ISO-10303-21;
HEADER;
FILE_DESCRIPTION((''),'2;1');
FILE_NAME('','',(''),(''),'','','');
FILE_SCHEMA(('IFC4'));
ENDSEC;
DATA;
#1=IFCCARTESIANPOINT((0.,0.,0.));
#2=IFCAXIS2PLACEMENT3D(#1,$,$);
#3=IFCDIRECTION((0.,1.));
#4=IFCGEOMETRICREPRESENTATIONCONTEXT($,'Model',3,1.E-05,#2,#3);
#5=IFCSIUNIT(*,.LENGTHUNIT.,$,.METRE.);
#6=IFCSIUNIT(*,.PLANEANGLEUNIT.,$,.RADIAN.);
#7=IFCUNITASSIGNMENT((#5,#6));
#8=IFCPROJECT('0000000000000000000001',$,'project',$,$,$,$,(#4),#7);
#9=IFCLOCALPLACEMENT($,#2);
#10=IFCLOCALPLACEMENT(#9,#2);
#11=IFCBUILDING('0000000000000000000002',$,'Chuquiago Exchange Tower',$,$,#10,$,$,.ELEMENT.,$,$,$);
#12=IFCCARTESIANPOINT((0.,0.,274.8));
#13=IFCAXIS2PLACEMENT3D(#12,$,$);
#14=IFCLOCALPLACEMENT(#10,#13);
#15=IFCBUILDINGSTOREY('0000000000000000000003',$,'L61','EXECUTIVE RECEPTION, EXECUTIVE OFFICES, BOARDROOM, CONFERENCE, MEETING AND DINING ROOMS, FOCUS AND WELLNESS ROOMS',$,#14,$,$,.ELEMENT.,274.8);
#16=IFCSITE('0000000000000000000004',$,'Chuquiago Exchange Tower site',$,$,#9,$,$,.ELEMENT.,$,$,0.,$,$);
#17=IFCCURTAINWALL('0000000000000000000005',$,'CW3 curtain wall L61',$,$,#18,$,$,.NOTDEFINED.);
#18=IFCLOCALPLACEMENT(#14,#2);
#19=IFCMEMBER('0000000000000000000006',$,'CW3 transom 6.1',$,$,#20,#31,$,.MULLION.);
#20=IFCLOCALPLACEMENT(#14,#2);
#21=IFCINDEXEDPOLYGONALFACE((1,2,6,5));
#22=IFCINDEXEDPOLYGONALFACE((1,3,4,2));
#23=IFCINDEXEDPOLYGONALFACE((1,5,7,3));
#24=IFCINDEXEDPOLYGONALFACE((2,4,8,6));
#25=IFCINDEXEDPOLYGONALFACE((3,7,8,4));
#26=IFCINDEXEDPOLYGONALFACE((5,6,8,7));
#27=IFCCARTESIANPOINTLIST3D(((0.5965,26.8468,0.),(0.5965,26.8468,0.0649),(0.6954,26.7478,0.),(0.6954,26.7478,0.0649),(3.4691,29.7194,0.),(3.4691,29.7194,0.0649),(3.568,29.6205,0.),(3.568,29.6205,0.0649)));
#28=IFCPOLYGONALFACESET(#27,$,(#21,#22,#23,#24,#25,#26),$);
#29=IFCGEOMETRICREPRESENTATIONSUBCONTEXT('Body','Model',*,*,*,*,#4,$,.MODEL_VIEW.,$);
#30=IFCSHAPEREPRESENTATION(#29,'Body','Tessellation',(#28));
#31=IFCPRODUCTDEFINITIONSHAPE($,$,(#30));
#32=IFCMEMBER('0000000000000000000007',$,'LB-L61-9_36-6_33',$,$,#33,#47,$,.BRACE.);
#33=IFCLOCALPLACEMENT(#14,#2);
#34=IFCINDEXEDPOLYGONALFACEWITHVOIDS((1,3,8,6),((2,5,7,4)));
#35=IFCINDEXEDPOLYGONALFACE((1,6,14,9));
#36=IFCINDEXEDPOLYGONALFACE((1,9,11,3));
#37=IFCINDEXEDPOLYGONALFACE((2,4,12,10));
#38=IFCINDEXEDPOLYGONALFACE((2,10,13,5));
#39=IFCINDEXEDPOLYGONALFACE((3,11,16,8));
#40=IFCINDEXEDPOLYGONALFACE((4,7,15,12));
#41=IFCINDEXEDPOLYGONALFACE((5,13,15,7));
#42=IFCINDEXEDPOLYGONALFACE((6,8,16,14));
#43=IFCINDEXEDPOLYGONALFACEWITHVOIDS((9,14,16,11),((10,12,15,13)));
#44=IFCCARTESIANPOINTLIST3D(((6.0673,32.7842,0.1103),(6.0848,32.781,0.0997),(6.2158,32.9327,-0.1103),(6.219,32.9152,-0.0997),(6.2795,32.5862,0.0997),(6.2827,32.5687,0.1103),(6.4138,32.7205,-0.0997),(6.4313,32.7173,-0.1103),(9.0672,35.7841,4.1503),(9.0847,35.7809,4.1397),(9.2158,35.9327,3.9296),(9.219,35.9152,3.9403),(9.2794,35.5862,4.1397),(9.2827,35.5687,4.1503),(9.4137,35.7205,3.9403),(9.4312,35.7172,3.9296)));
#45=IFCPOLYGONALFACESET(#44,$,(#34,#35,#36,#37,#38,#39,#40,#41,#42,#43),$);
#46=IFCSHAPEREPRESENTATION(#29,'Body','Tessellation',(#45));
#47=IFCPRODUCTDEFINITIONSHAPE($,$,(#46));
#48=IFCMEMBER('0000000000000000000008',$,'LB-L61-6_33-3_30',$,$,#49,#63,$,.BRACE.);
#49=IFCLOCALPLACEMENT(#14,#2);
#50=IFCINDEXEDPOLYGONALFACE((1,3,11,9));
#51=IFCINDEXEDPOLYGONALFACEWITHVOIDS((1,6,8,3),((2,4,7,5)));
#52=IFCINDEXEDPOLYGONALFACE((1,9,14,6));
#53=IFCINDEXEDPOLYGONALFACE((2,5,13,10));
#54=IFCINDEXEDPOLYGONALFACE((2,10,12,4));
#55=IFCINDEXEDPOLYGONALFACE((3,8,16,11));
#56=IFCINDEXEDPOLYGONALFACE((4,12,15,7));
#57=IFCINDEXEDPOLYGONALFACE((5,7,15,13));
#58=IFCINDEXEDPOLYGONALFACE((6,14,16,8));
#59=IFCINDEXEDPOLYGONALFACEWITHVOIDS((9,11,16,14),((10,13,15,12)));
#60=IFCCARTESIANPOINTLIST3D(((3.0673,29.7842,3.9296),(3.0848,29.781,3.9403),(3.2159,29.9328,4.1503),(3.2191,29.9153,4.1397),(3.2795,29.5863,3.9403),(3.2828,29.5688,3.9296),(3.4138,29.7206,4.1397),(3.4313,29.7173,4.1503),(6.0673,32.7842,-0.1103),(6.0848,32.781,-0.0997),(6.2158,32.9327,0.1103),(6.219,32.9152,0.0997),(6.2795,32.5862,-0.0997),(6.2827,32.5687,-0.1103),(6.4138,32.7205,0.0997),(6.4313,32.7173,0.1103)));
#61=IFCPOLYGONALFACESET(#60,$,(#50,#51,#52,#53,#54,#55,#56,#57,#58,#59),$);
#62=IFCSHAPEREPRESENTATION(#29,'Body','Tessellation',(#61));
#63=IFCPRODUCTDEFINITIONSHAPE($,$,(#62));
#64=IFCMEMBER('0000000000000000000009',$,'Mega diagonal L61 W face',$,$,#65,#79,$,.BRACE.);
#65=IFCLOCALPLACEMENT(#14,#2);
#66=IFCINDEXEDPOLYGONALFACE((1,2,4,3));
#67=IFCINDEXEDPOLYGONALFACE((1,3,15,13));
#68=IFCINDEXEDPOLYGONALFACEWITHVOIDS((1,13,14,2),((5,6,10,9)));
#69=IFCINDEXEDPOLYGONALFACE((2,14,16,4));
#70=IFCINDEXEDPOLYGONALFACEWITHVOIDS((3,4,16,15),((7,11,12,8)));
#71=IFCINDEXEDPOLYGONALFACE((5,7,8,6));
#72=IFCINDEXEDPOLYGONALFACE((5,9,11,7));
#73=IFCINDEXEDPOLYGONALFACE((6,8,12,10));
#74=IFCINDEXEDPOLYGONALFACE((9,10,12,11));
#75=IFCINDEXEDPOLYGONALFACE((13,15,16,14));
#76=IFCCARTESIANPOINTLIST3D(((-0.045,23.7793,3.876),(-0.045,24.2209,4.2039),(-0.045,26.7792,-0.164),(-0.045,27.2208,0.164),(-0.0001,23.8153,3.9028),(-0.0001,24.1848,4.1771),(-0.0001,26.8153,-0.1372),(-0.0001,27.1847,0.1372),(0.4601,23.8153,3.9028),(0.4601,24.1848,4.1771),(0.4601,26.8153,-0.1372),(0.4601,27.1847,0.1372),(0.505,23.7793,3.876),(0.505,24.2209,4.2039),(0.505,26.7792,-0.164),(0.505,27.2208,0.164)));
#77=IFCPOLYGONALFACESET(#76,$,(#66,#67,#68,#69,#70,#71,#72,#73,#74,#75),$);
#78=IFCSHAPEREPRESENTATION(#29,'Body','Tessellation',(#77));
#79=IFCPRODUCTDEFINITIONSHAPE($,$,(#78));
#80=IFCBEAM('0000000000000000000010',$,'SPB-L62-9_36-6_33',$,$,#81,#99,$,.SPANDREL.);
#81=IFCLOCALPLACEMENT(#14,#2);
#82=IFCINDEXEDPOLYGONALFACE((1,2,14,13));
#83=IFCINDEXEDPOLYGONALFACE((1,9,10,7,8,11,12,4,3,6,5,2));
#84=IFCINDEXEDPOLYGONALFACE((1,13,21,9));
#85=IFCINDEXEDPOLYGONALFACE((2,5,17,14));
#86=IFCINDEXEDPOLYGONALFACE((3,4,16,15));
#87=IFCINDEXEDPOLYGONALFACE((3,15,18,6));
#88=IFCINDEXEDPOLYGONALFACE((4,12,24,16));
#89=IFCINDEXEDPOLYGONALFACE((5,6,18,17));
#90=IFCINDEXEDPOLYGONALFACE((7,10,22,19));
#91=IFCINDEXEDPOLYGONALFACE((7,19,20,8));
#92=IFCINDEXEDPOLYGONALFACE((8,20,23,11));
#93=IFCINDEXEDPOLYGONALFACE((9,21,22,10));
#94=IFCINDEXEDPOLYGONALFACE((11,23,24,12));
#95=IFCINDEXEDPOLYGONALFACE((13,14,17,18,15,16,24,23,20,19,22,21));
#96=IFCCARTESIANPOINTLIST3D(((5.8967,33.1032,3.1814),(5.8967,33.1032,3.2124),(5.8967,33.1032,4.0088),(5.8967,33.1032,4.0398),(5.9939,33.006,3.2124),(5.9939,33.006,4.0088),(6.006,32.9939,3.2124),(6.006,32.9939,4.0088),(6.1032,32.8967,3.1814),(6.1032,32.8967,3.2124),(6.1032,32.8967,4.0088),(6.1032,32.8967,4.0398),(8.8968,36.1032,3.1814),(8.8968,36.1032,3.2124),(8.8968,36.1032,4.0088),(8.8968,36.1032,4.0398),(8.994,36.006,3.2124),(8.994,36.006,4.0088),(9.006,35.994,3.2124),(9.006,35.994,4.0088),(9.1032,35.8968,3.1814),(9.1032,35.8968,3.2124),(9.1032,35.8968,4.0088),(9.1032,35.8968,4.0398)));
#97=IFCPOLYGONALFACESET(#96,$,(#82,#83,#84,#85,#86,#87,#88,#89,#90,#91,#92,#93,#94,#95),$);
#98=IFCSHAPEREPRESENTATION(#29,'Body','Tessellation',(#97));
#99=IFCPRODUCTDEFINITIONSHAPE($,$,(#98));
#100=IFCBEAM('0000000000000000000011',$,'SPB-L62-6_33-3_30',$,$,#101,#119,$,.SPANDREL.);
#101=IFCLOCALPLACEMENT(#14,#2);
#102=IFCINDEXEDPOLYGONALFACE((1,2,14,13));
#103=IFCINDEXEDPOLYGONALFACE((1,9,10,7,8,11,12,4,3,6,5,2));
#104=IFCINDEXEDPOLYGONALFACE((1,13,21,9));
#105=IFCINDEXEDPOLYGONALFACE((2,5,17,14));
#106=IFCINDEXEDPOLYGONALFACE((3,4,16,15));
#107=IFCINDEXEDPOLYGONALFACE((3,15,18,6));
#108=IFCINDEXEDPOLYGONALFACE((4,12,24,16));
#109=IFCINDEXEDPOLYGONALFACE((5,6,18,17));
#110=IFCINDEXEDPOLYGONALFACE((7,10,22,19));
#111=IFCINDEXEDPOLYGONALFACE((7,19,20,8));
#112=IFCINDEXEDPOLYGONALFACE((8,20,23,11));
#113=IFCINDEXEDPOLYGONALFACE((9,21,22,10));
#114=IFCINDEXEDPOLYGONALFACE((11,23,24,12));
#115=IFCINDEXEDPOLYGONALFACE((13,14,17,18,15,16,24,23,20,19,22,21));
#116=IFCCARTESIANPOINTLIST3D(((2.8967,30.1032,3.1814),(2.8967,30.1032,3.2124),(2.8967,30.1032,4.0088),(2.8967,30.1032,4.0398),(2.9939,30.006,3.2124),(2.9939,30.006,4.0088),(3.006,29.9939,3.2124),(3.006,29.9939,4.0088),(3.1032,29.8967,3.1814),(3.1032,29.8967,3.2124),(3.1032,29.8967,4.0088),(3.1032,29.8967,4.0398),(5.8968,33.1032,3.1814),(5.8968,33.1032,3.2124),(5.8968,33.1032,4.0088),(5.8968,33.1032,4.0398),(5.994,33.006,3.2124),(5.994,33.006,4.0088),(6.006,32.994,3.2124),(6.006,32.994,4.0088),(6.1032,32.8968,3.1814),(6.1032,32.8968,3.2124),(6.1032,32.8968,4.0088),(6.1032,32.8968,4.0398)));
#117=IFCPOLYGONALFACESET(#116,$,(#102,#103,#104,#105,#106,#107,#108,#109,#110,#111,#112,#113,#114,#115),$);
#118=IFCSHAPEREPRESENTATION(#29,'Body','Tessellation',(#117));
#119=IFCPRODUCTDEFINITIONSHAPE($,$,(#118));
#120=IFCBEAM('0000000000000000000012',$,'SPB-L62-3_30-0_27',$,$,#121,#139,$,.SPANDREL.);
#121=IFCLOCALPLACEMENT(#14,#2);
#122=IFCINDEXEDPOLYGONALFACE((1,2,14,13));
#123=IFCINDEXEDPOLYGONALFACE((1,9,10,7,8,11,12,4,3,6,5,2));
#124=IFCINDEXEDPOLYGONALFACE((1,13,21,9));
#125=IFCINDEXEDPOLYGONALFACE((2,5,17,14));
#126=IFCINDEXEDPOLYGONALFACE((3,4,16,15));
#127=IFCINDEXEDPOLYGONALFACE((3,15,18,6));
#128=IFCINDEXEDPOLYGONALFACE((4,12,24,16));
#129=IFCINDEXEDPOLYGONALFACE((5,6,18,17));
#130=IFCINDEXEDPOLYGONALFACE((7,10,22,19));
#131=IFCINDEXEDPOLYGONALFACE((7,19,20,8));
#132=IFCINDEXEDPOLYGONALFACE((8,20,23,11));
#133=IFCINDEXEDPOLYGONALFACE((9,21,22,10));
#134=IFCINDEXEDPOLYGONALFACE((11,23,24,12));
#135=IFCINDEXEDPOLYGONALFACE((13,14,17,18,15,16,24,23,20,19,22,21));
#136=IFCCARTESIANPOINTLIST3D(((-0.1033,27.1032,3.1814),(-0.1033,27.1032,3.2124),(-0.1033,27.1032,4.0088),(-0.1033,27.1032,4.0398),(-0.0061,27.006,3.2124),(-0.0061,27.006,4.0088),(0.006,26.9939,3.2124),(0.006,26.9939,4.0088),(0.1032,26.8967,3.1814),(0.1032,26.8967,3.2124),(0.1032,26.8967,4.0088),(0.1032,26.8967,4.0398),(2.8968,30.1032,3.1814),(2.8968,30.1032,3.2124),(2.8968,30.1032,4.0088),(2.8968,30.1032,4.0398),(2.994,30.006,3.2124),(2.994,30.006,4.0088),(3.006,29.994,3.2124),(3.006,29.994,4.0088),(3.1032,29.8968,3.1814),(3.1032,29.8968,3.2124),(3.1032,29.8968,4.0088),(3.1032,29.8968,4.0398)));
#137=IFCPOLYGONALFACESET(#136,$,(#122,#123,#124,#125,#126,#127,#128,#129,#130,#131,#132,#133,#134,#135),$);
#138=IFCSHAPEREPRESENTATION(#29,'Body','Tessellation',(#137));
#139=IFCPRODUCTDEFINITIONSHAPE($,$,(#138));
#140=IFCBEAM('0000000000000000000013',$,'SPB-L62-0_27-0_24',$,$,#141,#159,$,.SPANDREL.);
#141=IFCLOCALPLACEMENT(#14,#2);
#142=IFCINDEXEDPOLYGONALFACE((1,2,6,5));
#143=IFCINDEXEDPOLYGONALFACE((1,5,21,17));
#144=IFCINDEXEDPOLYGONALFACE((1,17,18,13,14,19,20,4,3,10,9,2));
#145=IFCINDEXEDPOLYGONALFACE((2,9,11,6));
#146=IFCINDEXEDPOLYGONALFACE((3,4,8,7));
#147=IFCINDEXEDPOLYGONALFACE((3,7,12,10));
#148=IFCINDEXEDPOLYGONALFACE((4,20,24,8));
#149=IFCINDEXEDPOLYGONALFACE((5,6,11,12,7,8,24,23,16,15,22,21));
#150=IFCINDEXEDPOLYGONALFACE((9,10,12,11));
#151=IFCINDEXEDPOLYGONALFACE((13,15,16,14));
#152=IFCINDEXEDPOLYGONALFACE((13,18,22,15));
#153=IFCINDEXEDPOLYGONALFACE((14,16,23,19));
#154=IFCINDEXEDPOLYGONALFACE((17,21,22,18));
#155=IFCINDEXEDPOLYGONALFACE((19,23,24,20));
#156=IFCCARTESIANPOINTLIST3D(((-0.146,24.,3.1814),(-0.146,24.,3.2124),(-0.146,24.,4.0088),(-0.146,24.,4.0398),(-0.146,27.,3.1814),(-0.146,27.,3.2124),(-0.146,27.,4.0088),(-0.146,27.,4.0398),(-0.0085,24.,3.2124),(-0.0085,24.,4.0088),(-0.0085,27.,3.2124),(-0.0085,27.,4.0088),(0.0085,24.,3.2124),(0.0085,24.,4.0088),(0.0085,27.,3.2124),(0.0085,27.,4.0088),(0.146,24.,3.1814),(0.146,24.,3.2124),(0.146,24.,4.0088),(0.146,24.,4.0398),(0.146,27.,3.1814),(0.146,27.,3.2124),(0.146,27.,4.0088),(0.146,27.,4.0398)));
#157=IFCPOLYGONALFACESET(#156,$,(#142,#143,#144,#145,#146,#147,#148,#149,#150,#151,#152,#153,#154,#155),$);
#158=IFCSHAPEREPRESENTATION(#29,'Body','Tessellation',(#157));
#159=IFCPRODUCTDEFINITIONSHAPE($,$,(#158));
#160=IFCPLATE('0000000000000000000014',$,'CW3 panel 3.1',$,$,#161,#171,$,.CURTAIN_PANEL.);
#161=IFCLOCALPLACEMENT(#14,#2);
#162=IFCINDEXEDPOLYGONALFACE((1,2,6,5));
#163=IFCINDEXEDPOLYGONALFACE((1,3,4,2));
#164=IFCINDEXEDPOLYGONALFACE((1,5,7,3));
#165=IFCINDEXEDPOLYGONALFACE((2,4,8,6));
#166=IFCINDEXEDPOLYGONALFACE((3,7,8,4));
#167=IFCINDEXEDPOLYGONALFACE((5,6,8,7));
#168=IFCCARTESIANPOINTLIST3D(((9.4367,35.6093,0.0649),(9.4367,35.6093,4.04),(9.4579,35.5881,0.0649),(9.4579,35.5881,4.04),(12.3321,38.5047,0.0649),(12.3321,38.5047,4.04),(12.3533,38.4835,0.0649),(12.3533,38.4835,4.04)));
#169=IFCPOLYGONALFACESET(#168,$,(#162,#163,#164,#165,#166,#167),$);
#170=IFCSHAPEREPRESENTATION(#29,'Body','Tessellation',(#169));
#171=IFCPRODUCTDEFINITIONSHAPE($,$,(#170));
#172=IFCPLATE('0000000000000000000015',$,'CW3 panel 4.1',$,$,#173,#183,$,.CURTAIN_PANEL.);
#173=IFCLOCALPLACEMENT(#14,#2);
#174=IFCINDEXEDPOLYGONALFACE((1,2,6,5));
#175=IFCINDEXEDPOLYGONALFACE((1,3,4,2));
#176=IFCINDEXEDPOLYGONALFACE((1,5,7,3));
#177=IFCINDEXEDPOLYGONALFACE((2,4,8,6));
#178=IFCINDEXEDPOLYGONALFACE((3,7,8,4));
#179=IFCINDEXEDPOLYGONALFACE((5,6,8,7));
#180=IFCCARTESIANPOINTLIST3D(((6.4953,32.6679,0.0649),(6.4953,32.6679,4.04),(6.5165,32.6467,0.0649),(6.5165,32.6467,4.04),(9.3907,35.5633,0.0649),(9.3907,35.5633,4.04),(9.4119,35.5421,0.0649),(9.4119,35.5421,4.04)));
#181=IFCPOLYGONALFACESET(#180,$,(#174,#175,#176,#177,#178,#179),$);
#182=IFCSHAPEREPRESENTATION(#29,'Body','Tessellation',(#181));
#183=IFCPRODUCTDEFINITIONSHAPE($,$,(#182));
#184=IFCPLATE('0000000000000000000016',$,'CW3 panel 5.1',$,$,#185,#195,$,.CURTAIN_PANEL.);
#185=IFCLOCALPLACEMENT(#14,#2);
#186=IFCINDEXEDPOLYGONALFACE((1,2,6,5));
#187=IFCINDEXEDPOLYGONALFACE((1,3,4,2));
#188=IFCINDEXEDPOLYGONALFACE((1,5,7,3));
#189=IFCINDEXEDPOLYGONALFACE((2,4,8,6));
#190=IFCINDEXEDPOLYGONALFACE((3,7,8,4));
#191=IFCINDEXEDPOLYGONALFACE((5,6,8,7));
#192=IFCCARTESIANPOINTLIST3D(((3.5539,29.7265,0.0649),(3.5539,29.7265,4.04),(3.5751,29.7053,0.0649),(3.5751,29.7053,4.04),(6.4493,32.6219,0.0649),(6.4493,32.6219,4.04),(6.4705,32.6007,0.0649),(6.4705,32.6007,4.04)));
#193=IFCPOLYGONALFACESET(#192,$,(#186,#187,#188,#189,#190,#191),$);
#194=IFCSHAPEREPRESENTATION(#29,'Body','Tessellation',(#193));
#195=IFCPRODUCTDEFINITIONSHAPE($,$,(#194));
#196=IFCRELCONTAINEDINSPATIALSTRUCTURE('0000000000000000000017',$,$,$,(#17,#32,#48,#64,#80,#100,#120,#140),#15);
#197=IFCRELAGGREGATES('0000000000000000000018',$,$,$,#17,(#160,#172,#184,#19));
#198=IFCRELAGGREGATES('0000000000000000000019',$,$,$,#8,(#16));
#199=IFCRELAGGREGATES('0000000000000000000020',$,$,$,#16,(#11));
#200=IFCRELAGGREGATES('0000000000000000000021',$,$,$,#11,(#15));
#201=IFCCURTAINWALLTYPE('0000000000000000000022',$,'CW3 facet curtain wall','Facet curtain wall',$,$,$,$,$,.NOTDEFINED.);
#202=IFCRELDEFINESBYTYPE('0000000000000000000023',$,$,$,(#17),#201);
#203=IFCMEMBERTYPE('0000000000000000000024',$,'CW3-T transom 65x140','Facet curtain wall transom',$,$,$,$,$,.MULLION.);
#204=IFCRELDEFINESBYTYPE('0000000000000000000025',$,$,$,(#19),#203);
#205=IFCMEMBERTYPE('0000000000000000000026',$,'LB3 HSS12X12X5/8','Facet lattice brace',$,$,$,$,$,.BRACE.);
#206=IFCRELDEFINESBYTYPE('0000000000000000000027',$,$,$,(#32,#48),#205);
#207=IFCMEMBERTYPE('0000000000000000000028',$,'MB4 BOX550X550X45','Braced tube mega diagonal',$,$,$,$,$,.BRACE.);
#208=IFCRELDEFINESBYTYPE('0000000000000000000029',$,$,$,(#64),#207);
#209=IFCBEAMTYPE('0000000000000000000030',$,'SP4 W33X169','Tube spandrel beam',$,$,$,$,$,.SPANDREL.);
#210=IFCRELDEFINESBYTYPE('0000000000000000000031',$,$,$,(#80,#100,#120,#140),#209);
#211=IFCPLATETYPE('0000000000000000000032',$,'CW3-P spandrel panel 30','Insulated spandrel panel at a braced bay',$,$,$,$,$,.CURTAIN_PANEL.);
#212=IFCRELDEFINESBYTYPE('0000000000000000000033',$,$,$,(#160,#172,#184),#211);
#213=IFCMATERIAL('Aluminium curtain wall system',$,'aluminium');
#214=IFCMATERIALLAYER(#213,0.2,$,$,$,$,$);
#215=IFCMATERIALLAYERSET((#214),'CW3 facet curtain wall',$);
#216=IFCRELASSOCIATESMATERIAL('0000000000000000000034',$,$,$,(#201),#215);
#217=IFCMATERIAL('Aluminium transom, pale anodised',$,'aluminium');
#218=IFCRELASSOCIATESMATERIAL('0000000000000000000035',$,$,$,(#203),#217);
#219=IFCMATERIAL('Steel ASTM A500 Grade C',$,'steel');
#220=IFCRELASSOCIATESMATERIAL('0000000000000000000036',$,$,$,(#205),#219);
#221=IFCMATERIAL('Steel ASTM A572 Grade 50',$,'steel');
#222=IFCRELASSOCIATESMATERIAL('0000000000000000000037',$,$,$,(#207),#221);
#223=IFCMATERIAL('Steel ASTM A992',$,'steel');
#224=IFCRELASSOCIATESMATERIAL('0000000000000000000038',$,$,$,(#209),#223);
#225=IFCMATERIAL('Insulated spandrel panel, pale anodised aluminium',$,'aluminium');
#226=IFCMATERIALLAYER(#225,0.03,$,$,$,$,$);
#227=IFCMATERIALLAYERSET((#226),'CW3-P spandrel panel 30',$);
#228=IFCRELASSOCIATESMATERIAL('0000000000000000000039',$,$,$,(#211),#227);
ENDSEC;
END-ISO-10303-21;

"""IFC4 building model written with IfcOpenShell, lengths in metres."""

from ifc_helpers import new_model, si_unit, direction, frame, origin, origin_2d, place, context, subcontext, project, spatial, rectangle, hollow_rectangle, i_section, extrude, material, layer, layer_set, material_profile, profile_set, type_object, element, aggregate, save


model = new_model("IFC4")

# Units and contexts
model_context = context("Model", 3, precision=1e-05, world=origin(), true_north=direction((0.0, 1.0)))
body_context = subcontext(model_context, "Body", "Model", "MODEL_VIEW")
ifc_project = project(units=[si_unit("LENGTHUNIT", "METRE"), si_unit("PLANEANGLEUNIT", "RADIAN")], contexts=[model_context])

# Site, building, storey
site_placement = place(None, origin())
site = spatial("IfcSite", under=ifc_project, at=site_placement, Name="Chuquiago Exchange Tower site", CompositionType="ELEMENT", RefElevation=0.0)
building_placement = place(site_placement, origin())
building = spatial("IfcBuilding", under=site, at=building_placement, Name="Chuquiago Exchange Tower", CompositionType="ELEMENT")
storey_placement = place(building_placement, frame((0.0, 0.0, 274.8)))
storey = spatial("IfcBuildingStorey", under=building, at=storey_placement, Name="L61", Description="EXECUTIVE RECEPTION, EXECUTIVE OFFICES, BOARDROOM, CONFERENCE, MEETING AND DINING ROOMS, FOCUS AND WELLNESS ROOMS", CompositionType="ELEMENT", Elevation=274.8)

# Curtain wall, member
ifc_material_1 = material(Name="Aluminium curtain wall system", Category="aluminium")
ifc_layer_1 = layer(ifc_material_1, 0.2)
ifc_layer_set_1 = layer_set([ifc_layer_1], Name="CW3 facet curtain wall")
curtain_wall_type = type_object("IfcCurtainWallType", Name="CW3 facet curtain wall", Description="Facet curtain wall", PredefinedType="NOTDEFINED", material=ifc_layer_set_1)
curtain_wall_placement = place(storey_placement, origin())
curtain_wall = element("IfcCurtainWall", 1, at=curtain_wall_placement, inside=storey, type_object=curtain_wall_type, Name="CW3 curtain wall L61", PredefinedType="NOTDEFINED")
ifc_material_2 = material(Name="Aluminium transom, pale anodised", Category="aluminium")
ifc_material_profile_1 = material_profile(ifc_material_2, rectangle(XDim=0.1399, YDim=0.0649, at=origin_2d()), Name="AL 140x65")
ifc_profile_set_1 = profile_set([ifc_material_profile_1], Name="Aluminium transom, pale anodised")
member_type_1 = type_object("IfcMemberType", Name="CW3-T transom 65x140", Description="Facet curtain wall transom", PredefinedType="MULLION", material=ifc_profile_set_1)
member_1_placement = place(storey_placement, frame((3.5186, 29.6699, 0.0325), z_axis=(-0.707107, -0.707107, 0.0), x_axis=(0.707107, -0.707107, 0.0)))
member_1 = element("IfcMember", 2, at=member_1_placement, type_object=member_type_1, Name="CW3 transom 6.1", PredefinedType="MULLION", context=body_context, shape_type="SweptSolid", body=[
    extrude(rectangle(XDim=0.1399, YDim=0.0649, at=origin_2d()), origin(), (0.0, 0.0, 1.0), 4.0625),
])

# Members
ifc_material_3 = material(Name="Steel ASTM A500 Grade C", Category="steel")
ifc_material_profile_2 = material_profile(ifc_material_3, hollow_rectangle(XDim=0.3047, YDim=0.3047, WallThickness=0.0146, at=origin_2d()), Name="HSS12X12X5/8")
ifc_profile_set_2 = profile_set([ifc_material_profile_2], Name="Steel ASTM A500 Grade C")
member_type_2 = type_object("IfcMemberType", Name="LB3 HSS12X12X5/8", Description="Facet lattice brace", PredefinedType="BRACE", material=ifc_profile_set_2)
for number, where, z_axis, x_axis, name in (
    (3, (6.2493, 32.7507, 0.0), (0.512077, 0.512077, 0.689604), (-0.707107, 0.707107, 0.0), "LB-L61-9_36-6_33"),
    (4, (6.2493, 32.7507, 0.0), (-0.512077, -0.512077, 0.689604), (0.707107, -0.707107, 0.0), "LB-L61-6_33-3_30"),
):
    element("IfcMember", number, at=place(storey_placement, frame(where, z_axis=z_axis, x_axis=x_axis)), inside=storey, type_object=member_type_2, Name=name, PredefinedType="BRACE", context=body_context, shape_type="SweptSolid", body=[
        extrude(hollow_rectangle(XDim=0.3047, YDim=0.3047, WallThickness=0.0146, at=origin_2d()), origin(), (0.0, 0.0, 1.0), 5.8584),
    ])
ifc_material_4 = material(Name="Steel ASTM A572 Grade 50", Category="steel")
ifc_material_profile_3 = material_profile(ifc_material_4, hollow_rectangle(XDim=0.55, YDim=0.55, WallThickness=0.0449, at=origin_2d()), Name="BOX550X550X45")
ifc_profile_set_3 = profile_set([ifc_material_profile_3], Name="Steel ASTM A572 Grade 50")
member_type_3 = type_object("IfcMemberType", Name="MB4 BOX550X550X45", Description="Braced tube mega diagonal", PredefinedType="BRACE", material=ifc_profile_set_3)
member_2_placement = place(storey_placement, frame((0.23, 27.0, 0.0), z_axis=(0.0, -0.596174, 0.802855), x_axis=(1.0, 0.0, 0.0)))
element("IfcMember", 5, at=member_2_placement, inside=storey, type_object=member_type_3, Name="Mega diagonal L61 W face", PredefinedType="BRACE", context=body_context, shape_type="SweptSolid", body=[
    extrude(hollow_rectangle(XDim=0.55, YDim=0.55, WallThickness=0.0449, at=origin_2d()), origin(), (0.0, 0.0, 1.0), 5.032),
])

# Beams
ifc_material_5 = material(Name="Steel ASTM A992", Category="steel")
ifc_material_profile_4 = material_profile(ifc_material_5, i_section(OverallWidth=0.292, OverallDepth=0.8584, WebThickness=0.0171, FlangeThickness=0.031, at=origin_2d()), Name="W33X169")
ifc_profile_set_4 = profile_set([ifc_material_profile_4], Name="Steel ASTM A992")
beam_type_1 = type_object("IfcBeamType", Name="SP4 W33X169", Description="Tube spandrel beam", PredefinedType="SPANDREL", material=ifc_profile_set_4)
for number, where, z_axis, x_axis, name in (
    (6, (9.0, 36.0, 3.6106), (-0.707107, -0.707107, 0.0), (0.707107, -0.707107, 0.0), "SPB-L62-9_36-6_33"),
    (7, (6.0, 33.0, 3.6106), (-0.707107, -0.707107, 0.0), (0.707107, -0.707107, 0.0), "SPB-L62-6_33-3_30"),
    (8, (3.0, 30.0, 3.6106), (-0.707107, -0.707107, 0.0), (0.707107, -0.707107, 0.0), "SPB-L62-3_30-0_27"),
):
    element("IfcBeam", number, at=place(storey_placement, frame(where, z_axis=z_axis, x_axis=x_axis)), inside=storey, type_object=beam_type_1, Name=name, PredefinedType="SPANDREL", context=body_context, shape_type="SweptSolid", body=[
        extrude(i_section(OverallWidth=0.292, OverallDepth=0.8584, WebThickness=0.0171, FlangeThickness=0.031, at=origin_2d()), origin(), (0.0, 0.0, 1.0), 4.2427),
    ])
beam_1_placement = place(storey_placement, frame((0.0, 27.0, 3.6106), z_axis=(0.0, -1.0, 0.0), x_axis=(1.0, 0.0, 0.0)))
element("IfcBeam", 9, at=beam_1_placement, inside=storey, type_object=beam_type_1, Name="SPB-L62-0_27-0_24", PredefinedType="SPANDREL", context=body_context, shape_type="SweptSolid", body=[
    extrude(i_section(OverallWidth=0.292, OverallDepth=0.8584, WebThickness=0.0171, FlangeThickness=0.031, at=origin_2d()), origin(), (0.0, 0.0, 1.0), 3.0),
])

# Plates
ifc_material_6 = material(Name="Insulated spandrel panel, pale anodised aluminium", Category="aluminium")
ifc_layer_2 = layer(ifc_material_6, 0.03)
ifc_layer_set_2 = layer_set([ifc_layer_2], Name="CW3-P spandrel panel 30")
plate_type = type_object("IfcPlateType", Name="CW3-P spandrel panel 30", Description="Insulated spandrel panel at a braced bay", PredefinedType="CURTAIN_PANEL", material=ifc_layer_set_2)
plate_1_placement = place(storey_placement, frame((10.895, 37.0464, 0.0649), z_axis=(0.0, 0.0, 1.0), x_axis=(-0.707107, -0.707107, 0.0)))
plate_1 = element("IfcPlate", 10, at=plate_1_placement, type_object=plate_type, Name="CW3 panel 3.1", PredefinedType="CURTAIN_PANEL", context=body_context, shape_type="SweptSolid", body=[
    extrude(rectangle(XDim=4.0947, YDim=0.03, at=origin_2d()), origin(), (0.0, 0.0, 1.0), 3.9751),
])
plate_2_placement = place(storey_placement, frame((7.9536, 34.105, 0.0649), z_axis=(0.0, 0.0, 1.0), x_axis=(-0.707107, -0.707107, 0.0)))
plate_2 = element("IfcPlate", 11, at=plate_2_placement, type_object=plate_type, Name="CW3 panel 4.1", PredefinedType="CURTAIN_PANEL", context=body_context, shape_type="SweptSolid", body=[
    extrude(rectangle(XDim=4.0947, YDim=0.03, at=origin_2d()), origin(), (0.0, 0.0, 1.0), 3.9751),
])
plate_3_placement = place(storey_placement, frame((5.0122, 31.1636, 0.0649), z_axis=(0.0, 0.0, 1.0), x_axis=(-0.707107, -0.707107, 0.0)))
plate_3 = element("IfcPlate", 12, at=plate_3_placement, type_object=plate_type, Name="CW3 panel 5.1", PredefinedType="CURTAIN_PANEL", context=body_context, shape_type="SweptSolid", body=[
    extrude(rectangle(XDim=4.0947, YDim=0.03, at=origin_2d()), origin(), (0.0, 0.0, 1.0), 3.9751),
])
aggregate(curtain_wall, [plate_1, plate_2, plate_3, member_1])

save(model, "model.ifc")
